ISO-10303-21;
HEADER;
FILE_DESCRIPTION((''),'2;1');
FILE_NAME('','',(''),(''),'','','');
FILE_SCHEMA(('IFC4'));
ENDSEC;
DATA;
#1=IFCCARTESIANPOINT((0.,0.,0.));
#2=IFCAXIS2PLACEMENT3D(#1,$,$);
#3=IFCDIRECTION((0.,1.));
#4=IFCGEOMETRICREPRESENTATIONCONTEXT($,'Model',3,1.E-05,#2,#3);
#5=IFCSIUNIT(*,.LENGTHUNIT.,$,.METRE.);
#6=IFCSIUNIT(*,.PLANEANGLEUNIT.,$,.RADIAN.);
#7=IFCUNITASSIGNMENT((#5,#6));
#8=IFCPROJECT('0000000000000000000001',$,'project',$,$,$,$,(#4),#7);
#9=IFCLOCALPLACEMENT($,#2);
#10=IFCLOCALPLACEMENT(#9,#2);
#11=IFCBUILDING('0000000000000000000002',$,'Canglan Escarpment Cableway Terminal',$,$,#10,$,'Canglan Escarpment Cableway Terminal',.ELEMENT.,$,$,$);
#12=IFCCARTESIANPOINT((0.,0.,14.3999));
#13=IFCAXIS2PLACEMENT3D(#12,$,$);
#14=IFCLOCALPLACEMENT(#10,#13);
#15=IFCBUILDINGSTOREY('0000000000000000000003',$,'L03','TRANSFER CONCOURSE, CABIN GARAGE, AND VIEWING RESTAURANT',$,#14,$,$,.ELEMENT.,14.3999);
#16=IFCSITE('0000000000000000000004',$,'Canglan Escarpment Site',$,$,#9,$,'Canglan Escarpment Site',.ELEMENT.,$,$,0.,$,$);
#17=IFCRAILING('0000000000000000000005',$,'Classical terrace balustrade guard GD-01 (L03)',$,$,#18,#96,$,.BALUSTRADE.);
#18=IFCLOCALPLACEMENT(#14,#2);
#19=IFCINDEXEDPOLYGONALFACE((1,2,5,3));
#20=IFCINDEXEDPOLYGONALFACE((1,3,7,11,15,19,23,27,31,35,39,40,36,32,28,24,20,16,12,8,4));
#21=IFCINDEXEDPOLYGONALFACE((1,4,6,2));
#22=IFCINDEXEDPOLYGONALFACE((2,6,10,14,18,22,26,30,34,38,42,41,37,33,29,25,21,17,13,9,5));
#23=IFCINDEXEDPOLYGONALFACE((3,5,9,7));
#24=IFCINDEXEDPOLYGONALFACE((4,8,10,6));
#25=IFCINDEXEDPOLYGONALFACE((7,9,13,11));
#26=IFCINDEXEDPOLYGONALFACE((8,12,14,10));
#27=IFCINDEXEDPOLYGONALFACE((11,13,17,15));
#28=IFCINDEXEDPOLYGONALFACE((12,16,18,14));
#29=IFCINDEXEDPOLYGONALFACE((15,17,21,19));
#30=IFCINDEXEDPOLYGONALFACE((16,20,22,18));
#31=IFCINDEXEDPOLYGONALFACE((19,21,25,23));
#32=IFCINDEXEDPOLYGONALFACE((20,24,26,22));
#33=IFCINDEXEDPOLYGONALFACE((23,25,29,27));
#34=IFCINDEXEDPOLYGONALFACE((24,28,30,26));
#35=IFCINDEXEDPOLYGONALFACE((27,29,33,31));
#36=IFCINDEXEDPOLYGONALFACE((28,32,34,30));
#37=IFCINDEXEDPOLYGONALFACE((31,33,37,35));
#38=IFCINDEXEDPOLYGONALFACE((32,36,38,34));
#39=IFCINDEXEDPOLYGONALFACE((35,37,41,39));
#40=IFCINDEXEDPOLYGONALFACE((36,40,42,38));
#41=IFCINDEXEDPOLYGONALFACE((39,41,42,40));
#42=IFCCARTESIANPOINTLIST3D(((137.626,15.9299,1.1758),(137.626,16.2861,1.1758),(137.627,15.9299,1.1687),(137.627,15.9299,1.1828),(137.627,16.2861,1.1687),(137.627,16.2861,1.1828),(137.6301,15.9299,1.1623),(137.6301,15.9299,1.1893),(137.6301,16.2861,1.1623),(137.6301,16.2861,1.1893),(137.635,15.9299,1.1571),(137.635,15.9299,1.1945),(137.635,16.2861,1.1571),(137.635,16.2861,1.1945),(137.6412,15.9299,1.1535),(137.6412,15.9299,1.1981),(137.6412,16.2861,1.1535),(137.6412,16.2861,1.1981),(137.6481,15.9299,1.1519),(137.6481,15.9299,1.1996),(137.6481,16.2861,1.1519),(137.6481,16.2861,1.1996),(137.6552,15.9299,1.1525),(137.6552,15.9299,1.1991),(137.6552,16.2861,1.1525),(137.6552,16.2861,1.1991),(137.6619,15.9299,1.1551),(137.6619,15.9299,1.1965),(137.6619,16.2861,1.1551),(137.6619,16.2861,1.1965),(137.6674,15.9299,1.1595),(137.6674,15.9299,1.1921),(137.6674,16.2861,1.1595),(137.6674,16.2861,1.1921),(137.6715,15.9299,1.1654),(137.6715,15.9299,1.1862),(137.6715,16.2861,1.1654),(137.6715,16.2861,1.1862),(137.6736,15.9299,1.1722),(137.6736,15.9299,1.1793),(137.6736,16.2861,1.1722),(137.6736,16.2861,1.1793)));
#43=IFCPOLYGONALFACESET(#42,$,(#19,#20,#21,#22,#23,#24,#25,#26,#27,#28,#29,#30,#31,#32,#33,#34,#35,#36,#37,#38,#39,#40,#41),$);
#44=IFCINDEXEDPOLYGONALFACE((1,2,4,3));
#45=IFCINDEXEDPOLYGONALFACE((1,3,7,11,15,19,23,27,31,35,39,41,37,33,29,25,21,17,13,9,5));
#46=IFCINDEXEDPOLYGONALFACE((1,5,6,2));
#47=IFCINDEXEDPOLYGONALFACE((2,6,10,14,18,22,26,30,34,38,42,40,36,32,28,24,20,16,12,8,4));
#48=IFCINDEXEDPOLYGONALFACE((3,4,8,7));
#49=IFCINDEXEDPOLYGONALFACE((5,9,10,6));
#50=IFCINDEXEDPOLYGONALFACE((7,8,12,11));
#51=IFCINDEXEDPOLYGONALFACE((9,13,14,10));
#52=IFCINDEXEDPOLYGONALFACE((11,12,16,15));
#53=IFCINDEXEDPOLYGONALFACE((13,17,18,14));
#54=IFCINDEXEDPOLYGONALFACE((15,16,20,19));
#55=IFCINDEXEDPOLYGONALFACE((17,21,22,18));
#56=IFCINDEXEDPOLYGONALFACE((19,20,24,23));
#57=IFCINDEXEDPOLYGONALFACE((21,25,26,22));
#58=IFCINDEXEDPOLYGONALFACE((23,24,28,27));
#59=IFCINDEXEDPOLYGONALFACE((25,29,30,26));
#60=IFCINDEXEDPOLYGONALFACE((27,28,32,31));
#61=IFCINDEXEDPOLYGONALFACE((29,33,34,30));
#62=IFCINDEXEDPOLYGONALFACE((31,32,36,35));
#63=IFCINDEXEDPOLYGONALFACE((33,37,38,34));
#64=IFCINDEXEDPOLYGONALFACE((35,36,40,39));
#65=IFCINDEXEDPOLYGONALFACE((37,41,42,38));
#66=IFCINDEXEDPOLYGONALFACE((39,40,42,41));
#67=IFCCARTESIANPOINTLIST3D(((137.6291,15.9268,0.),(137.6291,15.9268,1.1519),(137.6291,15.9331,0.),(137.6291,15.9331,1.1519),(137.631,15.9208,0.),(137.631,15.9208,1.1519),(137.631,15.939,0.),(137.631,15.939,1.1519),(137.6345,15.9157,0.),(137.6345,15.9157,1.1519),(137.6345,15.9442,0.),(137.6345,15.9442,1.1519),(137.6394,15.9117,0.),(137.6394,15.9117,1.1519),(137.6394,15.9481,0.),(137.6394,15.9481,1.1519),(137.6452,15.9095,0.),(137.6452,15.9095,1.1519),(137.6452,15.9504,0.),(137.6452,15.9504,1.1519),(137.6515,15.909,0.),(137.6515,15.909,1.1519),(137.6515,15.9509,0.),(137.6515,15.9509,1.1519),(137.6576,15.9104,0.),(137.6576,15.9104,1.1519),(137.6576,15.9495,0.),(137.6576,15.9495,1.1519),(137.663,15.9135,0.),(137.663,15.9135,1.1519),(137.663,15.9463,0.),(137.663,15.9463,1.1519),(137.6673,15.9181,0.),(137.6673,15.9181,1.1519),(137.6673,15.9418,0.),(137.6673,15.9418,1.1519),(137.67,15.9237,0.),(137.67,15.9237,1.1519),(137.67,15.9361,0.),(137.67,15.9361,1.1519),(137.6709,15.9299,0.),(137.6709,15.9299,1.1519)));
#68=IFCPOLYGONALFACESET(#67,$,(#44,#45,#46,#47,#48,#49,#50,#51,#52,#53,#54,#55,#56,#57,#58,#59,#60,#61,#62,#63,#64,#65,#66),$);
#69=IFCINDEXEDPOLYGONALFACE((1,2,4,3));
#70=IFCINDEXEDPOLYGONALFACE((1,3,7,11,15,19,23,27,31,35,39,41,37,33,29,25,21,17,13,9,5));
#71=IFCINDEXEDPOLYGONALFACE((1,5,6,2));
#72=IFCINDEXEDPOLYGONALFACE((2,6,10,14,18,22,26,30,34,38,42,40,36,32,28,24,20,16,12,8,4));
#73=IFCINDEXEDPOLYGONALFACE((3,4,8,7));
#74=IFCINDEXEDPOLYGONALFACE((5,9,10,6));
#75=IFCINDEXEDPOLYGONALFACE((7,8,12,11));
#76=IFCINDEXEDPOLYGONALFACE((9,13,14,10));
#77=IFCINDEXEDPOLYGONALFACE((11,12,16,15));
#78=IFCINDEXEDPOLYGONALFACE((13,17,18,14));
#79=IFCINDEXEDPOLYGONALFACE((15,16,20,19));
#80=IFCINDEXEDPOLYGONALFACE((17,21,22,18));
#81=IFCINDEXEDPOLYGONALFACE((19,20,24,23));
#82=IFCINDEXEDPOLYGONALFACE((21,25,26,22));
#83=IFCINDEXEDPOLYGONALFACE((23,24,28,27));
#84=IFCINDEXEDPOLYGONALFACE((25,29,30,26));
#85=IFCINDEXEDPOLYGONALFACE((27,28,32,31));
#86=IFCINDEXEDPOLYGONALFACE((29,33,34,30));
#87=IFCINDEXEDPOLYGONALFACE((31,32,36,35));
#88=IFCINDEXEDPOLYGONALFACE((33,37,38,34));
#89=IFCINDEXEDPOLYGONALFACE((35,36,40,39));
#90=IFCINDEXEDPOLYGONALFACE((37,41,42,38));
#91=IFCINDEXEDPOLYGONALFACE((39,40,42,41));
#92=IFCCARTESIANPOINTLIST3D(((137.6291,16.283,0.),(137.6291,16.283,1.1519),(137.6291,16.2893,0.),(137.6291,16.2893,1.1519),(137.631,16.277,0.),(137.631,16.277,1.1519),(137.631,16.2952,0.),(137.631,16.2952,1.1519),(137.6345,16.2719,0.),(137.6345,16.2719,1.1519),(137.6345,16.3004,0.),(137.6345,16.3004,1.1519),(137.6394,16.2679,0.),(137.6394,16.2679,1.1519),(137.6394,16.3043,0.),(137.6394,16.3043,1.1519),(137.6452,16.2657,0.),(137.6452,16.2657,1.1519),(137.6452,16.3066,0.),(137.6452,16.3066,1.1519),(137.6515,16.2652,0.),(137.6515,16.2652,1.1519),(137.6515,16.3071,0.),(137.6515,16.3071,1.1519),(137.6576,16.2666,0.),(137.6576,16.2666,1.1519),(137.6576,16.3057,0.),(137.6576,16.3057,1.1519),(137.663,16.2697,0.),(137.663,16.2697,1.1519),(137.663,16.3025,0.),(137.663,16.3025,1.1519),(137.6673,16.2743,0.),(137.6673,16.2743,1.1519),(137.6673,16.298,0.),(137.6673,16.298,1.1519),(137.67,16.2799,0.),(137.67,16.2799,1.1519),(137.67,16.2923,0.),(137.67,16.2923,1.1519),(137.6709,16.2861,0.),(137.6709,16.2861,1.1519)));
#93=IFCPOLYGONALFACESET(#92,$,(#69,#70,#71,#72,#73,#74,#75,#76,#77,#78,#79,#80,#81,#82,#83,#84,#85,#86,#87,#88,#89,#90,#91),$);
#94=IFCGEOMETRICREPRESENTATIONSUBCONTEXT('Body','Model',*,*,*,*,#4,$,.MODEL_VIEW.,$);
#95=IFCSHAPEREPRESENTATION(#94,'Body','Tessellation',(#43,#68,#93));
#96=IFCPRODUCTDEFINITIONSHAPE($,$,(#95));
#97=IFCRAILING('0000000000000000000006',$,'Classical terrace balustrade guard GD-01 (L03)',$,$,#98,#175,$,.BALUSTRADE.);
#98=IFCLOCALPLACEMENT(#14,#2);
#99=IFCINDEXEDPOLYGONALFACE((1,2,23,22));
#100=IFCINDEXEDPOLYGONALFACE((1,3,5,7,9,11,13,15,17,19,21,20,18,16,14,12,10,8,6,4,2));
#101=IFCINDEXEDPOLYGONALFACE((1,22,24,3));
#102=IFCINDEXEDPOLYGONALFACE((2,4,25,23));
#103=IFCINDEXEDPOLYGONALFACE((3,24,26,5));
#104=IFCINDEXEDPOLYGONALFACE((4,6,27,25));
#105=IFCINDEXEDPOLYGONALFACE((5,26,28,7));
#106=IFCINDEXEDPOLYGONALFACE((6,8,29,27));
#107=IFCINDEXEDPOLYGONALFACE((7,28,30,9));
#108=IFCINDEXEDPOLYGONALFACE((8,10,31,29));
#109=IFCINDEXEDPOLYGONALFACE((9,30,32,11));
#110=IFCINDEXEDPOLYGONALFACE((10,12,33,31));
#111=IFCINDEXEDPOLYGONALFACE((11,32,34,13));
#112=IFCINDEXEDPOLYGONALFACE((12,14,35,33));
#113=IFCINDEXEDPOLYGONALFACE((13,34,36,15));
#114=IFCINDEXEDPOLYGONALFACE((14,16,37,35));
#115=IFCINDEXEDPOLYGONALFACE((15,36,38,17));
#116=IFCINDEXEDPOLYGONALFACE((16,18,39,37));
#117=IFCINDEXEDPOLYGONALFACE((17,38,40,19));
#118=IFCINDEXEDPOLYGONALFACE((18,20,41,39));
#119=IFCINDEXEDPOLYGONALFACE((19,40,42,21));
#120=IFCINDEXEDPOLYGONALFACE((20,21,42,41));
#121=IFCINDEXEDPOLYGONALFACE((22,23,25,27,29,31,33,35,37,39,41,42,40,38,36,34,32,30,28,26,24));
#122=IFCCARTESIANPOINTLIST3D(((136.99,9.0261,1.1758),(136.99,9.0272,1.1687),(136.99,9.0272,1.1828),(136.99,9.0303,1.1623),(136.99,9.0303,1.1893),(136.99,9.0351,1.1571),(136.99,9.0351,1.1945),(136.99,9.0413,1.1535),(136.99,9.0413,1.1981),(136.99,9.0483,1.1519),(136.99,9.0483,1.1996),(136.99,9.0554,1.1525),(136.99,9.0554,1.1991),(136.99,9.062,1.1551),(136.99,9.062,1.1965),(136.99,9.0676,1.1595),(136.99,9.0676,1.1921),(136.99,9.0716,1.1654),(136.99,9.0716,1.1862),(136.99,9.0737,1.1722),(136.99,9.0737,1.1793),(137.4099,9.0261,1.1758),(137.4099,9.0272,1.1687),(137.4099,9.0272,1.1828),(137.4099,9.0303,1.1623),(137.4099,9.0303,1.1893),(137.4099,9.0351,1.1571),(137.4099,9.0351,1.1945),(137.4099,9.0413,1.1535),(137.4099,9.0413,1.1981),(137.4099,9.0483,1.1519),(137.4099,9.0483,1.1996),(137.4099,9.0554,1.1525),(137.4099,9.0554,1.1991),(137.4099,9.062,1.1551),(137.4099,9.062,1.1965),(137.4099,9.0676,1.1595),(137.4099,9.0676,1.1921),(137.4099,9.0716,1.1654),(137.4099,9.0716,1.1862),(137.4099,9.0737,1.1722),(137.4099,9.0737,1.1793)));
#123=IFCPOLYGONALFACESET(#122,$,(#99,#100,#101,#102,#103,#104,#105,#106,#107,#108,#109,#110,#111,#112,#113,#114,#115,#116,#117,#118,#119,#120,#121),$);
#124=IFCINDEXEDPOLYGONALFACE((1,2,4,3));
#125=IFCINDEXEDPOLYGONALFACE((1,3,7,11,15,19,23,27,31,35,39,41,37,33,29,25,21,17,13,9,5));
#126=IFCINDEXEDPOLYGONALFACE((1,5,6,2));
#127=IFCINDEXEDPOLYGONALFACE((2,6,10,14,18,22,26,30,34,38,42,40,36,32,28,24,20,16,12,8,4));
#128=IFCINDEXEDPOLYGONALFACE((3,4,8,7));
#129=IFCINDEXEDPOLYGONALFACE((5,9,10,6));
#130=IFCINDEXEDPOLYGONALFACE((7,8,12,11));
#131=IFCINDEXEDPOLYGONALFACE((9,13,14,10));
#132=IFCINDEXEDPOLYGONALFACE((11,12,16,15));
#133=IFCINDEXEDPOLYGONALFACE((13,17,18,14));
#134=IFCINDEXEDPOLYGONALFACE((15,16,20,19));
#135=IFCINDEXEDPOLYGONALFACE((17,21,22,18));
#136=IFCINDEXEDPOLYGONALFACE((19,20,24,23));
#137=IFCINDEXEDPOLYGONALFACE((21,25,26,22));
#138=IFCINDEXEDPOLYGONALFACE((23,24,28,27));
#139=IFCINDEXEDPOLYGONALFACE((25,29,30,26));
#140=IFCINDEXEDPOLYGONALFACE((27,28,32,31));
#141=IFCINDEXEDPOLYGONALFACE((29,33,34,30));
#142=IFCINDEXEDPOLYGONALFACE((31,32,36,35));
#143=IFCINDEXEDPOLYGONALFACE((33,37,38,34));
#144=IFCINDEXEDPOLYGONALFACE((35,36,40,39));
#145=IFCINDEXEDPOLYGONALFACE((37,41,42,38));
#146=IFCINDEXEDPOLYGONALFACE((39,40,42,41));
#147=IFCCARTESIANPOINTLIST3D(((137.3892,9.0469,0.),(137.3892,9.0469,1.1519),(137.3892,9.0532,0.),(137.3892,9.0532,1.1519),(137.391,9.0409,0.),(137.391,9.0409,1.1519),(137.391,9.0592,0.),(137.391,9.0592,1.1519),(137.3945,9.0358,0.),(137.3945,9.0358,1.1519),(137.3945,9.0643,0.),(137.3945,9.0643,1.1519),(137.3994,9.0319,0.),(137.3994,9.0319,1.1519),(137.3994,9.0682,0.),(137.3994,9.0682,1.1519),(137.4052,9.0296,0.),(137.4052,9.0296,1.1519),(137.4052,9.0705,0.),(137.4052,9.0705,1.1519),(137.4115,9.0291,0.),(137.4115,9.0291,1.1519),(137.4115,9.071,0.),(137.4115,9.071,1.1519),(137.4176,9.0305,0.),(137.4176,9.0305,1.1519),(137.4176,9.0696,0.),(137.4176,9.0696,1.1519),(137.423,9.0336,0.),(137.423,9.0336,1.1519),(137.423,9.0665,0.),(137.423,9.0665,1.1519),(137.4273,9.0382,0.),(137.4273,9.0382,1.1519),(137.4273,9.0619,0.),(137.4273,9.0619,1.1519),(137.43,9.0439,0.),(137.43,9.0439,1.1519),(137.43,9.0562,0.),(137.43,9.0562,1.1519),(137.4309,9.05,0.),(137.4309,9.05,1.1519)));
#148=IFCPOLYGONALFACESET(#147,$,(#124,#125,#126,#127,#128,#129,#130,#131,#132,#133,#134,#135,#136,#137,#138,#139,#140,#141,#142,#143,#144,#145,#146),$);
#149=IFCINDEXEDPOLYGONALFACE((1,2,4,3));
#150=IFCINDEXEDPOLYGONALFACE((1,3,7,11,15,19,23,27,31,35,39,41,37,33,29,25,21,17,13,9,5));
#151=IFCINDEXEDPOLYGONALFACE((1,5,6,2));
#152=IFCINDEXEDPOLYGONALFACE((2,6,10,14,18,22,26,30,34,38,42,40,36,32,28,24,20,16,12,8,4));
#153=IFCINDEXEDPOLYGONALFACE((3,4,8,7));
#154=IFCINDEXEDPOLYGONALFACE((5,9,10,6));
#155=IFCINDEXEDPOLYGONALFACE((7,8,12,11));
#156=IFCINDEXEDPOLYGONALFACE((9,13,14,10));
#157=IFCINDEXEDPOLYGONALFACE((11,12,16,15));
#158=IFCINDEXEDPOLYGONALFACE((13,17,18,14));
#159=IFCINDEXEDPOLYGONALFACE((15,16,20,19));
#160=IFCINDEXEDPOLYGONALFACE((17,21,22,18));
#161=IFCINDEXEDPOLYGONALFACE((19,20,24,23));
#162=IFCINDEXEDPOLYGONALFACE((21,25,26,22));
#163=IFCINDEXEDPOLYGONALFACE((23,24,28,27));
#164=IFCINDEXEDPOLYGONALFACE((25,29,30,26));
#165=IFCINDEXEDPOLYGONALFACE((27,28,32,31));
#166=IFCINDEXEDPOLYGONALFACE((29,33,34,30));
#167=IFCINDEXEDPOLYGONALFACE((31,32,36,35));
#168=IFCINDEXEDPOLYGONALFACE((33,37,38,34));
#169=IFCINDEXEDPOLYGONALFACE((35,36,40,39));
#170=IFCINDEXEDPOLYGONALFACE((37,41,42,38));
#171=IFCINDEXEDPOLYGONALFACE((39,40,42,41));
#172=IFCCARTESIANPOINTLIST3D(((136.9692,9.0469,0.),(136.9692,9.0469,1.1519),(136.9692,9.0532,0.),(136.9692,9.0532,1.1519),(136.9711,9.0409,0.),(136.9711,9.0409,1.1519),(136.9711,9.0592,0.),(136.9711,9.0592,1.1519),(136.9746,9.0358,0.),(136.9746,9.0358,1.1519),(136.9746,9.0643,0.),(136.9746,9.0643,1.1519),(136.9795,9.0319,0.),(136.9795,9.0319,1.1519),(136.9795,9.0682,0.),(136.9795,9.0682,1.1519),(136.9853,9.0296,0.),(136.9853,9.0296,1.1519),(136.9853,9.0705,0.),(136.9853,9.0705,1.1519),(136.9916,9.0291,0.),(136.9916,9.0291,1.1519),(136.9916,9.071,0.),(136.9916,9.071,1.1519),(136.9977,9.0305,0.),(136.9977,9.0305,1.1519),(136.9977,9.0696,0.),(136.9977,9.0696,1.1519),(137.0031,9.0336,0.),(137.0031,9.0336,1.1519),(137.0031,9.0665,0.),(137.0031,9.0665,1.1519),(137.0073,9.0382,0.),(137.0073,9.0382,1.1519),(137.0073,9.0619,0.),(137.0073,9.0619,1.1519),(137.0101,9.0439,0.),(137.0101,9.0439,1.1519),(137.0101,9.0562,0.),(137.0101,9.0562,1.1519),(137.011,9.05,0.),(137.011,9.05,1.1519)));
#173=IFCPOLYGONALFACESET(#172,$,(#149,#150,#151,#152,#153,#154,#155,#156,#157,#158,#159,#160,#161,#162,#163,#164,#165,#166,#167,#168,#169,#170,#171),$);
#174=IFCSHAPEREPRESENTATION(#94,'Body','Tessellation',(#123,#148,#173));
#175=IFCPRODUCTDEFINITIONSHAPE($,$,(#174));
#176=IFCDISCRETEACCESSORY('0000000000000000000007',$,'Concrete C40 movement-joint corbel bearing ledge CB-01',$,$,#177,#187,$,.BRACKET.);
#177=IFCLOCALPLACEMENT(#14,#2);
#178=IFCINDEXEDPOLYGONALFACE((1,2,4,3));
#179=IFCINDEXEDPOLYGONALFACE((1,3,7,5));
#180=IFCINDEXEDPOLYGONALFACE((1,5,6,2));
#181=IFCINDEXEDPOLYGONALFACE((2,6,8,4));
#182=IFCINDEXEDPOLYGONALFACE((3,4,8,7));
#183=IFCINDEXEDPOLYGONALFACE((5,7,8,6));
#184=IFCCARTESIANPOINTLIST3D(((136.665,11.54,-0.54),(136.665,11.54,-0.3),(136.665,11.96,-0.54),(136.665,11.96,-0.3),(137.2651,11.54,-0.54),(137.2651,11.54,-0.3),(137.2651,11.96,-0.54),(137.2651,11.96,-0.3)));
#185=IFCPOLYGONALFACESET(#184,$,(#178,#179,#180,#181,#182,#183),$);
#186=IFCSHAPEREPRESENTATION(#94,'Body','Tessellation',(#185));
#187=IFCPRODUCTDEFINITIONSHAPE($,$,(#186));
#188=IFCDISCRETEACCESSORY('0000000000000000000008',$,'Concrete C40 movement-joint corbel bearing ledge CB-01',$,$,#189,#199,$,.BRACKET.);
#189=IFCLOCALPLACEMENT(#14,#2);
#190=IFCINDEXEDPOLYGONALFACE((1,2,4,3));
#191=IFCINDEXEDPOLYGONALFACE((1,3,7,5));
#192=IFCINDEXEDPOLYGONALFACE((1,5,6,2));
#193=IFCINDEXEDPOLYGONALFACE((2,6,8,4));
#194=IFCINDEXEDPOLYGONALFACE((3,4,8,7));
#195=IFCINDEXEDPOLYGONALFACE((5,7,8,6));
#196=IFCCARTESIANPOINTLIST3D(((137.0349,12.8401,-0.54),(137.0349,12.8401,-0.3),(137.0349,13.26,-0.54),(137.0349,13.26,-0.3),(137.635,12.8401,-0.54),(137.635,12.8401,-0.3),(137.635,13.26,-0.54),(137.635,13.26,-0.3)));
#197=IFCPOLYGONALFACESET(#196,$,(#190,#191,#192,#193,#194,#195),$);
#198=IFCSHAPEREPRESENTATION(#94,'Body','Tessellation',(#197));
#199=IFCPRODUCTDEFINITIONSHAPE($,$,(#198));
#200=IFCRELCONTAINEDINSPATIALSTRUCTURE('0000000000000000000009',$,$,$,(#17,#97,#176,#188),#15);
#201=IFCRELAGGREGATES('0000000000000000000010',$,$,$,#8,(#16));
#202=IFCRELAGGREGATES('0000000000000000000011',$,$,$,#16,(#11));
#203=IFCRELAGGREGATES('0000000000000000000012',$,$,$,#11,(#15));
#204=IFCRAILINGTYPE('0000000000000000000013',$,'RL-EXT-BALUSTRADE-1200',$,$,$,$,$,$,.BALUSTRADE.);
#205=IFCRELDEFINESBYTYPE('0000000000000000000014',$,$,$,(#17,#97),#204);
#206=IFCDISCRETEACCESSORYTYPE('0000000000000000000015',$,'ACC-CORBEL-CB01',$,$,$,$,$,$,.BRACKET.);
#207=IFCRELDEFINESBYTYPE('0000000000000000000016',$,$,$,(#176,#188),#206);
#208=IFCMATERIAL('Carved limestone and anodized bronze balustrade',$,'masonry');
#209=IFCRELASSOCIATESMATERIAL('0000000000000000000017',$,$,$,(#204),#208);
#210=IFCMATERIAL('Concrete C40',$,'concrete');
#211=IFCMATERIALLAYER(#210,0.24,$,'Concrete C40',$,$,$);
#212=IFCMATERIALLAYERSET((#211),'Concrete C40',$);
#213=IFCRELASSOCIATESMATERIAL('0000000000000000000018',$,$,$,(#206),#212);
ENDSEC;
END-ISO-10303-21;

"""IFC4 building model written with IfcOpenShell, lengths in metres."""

from ifc_helpers import new_model, si_unit, direction, frame, origin, origin_2d, place, context, subcontext, project, spatial, rectangle, circle, extrude, material, layer, layer_set, type_object, element, save


model = new_model("IFC4")

# Units and contexts
model_context = context("Model", 3, precision=1e-05, world=origin(), true_north=direction((0.0, 1.0)))
body_context = subcontext(model_context, "Body", "Model", "MODEL_VIEW")
ifc_project = project(units=[si_unit("LENGTHUNIT", "METRE"), si_unit("PLANEANGLEUNIT", "RADIAN")], contexts=[model_context])

# Site, building, storey
site_placement = place(None, origin())
site = spatial("IfcSite", under=ifc_project, at=site_placement, Name="Canglan Escarpment Site", LongName="Canglan Escarpment Site", CompositionType="ELEMENT", RefElevation=0.0)
building_placement = place(site_placement, origin())
building = spatial("IfcBuilding", under=site, at=building_placement, Name="Canglan Escarpment Cableway Terminal", LongName="Canglan Escarpment Cableway Terminal", CompositionType="ELEMENT")
storey_placement = place(building_placement, frame((0.0, 0.0, 14.3999)))
storey = spatial("IfcBuildingStorey", under=building, at=storey_placement, Name="L03", Description="TRANSFER CONCOURSE, CABIN GARAGE, AND VIEWING RESTAURANT", CompositionType="ELEMENT", Elevation=14.3999)

# Shared definitions
ifc_material_1 = material(Name="Concrete C40", Category="concrete")

# Railings
ifc_material_2 = material(Name="Carved limestone and anodized bronze balustrade", Category="masonry")
railing_type = type_object("IfcRailingType", Name="RL-EXT-BALUSTRADE-1200", PredefinedType="BALUSTRADE", material=ifc_material_2)
railing_1_placement = place(storey_placement, frame((137.6499, 15.9299, 0.0)))
element("IfcRailing", 1, at=railing_1_placement, inside=storey, type_object=railing_type, Name="Classical terrace balustrade guard GD-01 (L03)", PredefinedType="BALUSTRADE", context=body_context, shape_type="SweptSolid", body=[
    extrude(circle(Radius=0.0239, at=origin_2d()), frame((0.0, 0.0, 1.1758), z_axis=(0.0, 1.0, 0.0), x_axis=(-1.0, 0.0, 0.0)), (0.0, 0.0, 1.0), 0.3562),
    extrude(circle(Radius=0.021, at=origin_2d()), origin(), (0.0, 0.0, 1.0), 1.1519),
    extrude(circle(Radius=0.021, at=origin_2d()), frame((0.0, 0.3562, 0.0)), (0.0, 0.0, 1.0), 1.1519),
])
railing_2_placement = place(storey_placement, frame((137.4099, 9.05, 0.0)))
element("IfcRailing", 2, at=railing_2_placement, inside=storey, type_object=railing_type, Name="Classical terrace balustrade guard GD-01 (L03)", PredefinedType="BALUSTRADE", context=body_context, shape_type="SweptSolid", body=[
    extrude(circle(Radius=0.0239, at=origin_2d()), frame((0.0, 0.0, 1.1758), z_axis=(-1.0, 0.0, 0.0), x_axis=(0.0, -1.0, 0.0)), (0.0, 0.0, 1.0), 0.4199),
    extrude(circle(Radius=0.021, at=origin_2d()), origin(), (0.0, 0.0, 1.0), 1.1519),
    extrude(circle(Radius=0.021, at=origin_2d()), frame((-0.4199, 0.0, 0.0)), (0.0, 0.0, 1.0), 1.1519),
])

# Discrete accessories
ifc_layer_1 = layer(ifc_material_1, 0.24, Name="Concrete C40")
ifc_layer_set_1 = layer_set([ifc_layer_1], Name="Concrete C40")
discrete_accessory_type_1 = type_object("IfcDiscreteAccessoryType", Name="ACC-CORBEL-CB01", PredefinedType="BRACKET", material=ifc_layer_set_1)
for number, where, z_axis, x_axis, name in (
    (3, (136.9651, 11.75, -0.54), (0.0, 0.0, 1.0), (1.0, 0.0, 0.0), "Concrete C40 movement-joint corbel bearing ledge CB-01"),
    (4, (137.335, 13.05, -0.54), (0.0, 0.0, 1.0), (1.0, 0.0, 0.0), "Concrete C40 movement-joint corbel bearing ledge CB-01"),
):
    element("IfcDiscreteAccessory", number, at=place(storey_placement, frame(where, z_axis=z_axis, x_axis=x_axis)), inside=storey, type_object=discrete_accessory_type_1, Name=name, PredefinedType="BRACKET", context=body_context, shape_type="SweptSolid", body=[
        extrude(rectangle(XDim=0.6001, YDim=0.4199, at=origin_2d()), origin(), (0.0, 0.0, 1.0), 0.24),
    ])

save(model, "model.ifc")
